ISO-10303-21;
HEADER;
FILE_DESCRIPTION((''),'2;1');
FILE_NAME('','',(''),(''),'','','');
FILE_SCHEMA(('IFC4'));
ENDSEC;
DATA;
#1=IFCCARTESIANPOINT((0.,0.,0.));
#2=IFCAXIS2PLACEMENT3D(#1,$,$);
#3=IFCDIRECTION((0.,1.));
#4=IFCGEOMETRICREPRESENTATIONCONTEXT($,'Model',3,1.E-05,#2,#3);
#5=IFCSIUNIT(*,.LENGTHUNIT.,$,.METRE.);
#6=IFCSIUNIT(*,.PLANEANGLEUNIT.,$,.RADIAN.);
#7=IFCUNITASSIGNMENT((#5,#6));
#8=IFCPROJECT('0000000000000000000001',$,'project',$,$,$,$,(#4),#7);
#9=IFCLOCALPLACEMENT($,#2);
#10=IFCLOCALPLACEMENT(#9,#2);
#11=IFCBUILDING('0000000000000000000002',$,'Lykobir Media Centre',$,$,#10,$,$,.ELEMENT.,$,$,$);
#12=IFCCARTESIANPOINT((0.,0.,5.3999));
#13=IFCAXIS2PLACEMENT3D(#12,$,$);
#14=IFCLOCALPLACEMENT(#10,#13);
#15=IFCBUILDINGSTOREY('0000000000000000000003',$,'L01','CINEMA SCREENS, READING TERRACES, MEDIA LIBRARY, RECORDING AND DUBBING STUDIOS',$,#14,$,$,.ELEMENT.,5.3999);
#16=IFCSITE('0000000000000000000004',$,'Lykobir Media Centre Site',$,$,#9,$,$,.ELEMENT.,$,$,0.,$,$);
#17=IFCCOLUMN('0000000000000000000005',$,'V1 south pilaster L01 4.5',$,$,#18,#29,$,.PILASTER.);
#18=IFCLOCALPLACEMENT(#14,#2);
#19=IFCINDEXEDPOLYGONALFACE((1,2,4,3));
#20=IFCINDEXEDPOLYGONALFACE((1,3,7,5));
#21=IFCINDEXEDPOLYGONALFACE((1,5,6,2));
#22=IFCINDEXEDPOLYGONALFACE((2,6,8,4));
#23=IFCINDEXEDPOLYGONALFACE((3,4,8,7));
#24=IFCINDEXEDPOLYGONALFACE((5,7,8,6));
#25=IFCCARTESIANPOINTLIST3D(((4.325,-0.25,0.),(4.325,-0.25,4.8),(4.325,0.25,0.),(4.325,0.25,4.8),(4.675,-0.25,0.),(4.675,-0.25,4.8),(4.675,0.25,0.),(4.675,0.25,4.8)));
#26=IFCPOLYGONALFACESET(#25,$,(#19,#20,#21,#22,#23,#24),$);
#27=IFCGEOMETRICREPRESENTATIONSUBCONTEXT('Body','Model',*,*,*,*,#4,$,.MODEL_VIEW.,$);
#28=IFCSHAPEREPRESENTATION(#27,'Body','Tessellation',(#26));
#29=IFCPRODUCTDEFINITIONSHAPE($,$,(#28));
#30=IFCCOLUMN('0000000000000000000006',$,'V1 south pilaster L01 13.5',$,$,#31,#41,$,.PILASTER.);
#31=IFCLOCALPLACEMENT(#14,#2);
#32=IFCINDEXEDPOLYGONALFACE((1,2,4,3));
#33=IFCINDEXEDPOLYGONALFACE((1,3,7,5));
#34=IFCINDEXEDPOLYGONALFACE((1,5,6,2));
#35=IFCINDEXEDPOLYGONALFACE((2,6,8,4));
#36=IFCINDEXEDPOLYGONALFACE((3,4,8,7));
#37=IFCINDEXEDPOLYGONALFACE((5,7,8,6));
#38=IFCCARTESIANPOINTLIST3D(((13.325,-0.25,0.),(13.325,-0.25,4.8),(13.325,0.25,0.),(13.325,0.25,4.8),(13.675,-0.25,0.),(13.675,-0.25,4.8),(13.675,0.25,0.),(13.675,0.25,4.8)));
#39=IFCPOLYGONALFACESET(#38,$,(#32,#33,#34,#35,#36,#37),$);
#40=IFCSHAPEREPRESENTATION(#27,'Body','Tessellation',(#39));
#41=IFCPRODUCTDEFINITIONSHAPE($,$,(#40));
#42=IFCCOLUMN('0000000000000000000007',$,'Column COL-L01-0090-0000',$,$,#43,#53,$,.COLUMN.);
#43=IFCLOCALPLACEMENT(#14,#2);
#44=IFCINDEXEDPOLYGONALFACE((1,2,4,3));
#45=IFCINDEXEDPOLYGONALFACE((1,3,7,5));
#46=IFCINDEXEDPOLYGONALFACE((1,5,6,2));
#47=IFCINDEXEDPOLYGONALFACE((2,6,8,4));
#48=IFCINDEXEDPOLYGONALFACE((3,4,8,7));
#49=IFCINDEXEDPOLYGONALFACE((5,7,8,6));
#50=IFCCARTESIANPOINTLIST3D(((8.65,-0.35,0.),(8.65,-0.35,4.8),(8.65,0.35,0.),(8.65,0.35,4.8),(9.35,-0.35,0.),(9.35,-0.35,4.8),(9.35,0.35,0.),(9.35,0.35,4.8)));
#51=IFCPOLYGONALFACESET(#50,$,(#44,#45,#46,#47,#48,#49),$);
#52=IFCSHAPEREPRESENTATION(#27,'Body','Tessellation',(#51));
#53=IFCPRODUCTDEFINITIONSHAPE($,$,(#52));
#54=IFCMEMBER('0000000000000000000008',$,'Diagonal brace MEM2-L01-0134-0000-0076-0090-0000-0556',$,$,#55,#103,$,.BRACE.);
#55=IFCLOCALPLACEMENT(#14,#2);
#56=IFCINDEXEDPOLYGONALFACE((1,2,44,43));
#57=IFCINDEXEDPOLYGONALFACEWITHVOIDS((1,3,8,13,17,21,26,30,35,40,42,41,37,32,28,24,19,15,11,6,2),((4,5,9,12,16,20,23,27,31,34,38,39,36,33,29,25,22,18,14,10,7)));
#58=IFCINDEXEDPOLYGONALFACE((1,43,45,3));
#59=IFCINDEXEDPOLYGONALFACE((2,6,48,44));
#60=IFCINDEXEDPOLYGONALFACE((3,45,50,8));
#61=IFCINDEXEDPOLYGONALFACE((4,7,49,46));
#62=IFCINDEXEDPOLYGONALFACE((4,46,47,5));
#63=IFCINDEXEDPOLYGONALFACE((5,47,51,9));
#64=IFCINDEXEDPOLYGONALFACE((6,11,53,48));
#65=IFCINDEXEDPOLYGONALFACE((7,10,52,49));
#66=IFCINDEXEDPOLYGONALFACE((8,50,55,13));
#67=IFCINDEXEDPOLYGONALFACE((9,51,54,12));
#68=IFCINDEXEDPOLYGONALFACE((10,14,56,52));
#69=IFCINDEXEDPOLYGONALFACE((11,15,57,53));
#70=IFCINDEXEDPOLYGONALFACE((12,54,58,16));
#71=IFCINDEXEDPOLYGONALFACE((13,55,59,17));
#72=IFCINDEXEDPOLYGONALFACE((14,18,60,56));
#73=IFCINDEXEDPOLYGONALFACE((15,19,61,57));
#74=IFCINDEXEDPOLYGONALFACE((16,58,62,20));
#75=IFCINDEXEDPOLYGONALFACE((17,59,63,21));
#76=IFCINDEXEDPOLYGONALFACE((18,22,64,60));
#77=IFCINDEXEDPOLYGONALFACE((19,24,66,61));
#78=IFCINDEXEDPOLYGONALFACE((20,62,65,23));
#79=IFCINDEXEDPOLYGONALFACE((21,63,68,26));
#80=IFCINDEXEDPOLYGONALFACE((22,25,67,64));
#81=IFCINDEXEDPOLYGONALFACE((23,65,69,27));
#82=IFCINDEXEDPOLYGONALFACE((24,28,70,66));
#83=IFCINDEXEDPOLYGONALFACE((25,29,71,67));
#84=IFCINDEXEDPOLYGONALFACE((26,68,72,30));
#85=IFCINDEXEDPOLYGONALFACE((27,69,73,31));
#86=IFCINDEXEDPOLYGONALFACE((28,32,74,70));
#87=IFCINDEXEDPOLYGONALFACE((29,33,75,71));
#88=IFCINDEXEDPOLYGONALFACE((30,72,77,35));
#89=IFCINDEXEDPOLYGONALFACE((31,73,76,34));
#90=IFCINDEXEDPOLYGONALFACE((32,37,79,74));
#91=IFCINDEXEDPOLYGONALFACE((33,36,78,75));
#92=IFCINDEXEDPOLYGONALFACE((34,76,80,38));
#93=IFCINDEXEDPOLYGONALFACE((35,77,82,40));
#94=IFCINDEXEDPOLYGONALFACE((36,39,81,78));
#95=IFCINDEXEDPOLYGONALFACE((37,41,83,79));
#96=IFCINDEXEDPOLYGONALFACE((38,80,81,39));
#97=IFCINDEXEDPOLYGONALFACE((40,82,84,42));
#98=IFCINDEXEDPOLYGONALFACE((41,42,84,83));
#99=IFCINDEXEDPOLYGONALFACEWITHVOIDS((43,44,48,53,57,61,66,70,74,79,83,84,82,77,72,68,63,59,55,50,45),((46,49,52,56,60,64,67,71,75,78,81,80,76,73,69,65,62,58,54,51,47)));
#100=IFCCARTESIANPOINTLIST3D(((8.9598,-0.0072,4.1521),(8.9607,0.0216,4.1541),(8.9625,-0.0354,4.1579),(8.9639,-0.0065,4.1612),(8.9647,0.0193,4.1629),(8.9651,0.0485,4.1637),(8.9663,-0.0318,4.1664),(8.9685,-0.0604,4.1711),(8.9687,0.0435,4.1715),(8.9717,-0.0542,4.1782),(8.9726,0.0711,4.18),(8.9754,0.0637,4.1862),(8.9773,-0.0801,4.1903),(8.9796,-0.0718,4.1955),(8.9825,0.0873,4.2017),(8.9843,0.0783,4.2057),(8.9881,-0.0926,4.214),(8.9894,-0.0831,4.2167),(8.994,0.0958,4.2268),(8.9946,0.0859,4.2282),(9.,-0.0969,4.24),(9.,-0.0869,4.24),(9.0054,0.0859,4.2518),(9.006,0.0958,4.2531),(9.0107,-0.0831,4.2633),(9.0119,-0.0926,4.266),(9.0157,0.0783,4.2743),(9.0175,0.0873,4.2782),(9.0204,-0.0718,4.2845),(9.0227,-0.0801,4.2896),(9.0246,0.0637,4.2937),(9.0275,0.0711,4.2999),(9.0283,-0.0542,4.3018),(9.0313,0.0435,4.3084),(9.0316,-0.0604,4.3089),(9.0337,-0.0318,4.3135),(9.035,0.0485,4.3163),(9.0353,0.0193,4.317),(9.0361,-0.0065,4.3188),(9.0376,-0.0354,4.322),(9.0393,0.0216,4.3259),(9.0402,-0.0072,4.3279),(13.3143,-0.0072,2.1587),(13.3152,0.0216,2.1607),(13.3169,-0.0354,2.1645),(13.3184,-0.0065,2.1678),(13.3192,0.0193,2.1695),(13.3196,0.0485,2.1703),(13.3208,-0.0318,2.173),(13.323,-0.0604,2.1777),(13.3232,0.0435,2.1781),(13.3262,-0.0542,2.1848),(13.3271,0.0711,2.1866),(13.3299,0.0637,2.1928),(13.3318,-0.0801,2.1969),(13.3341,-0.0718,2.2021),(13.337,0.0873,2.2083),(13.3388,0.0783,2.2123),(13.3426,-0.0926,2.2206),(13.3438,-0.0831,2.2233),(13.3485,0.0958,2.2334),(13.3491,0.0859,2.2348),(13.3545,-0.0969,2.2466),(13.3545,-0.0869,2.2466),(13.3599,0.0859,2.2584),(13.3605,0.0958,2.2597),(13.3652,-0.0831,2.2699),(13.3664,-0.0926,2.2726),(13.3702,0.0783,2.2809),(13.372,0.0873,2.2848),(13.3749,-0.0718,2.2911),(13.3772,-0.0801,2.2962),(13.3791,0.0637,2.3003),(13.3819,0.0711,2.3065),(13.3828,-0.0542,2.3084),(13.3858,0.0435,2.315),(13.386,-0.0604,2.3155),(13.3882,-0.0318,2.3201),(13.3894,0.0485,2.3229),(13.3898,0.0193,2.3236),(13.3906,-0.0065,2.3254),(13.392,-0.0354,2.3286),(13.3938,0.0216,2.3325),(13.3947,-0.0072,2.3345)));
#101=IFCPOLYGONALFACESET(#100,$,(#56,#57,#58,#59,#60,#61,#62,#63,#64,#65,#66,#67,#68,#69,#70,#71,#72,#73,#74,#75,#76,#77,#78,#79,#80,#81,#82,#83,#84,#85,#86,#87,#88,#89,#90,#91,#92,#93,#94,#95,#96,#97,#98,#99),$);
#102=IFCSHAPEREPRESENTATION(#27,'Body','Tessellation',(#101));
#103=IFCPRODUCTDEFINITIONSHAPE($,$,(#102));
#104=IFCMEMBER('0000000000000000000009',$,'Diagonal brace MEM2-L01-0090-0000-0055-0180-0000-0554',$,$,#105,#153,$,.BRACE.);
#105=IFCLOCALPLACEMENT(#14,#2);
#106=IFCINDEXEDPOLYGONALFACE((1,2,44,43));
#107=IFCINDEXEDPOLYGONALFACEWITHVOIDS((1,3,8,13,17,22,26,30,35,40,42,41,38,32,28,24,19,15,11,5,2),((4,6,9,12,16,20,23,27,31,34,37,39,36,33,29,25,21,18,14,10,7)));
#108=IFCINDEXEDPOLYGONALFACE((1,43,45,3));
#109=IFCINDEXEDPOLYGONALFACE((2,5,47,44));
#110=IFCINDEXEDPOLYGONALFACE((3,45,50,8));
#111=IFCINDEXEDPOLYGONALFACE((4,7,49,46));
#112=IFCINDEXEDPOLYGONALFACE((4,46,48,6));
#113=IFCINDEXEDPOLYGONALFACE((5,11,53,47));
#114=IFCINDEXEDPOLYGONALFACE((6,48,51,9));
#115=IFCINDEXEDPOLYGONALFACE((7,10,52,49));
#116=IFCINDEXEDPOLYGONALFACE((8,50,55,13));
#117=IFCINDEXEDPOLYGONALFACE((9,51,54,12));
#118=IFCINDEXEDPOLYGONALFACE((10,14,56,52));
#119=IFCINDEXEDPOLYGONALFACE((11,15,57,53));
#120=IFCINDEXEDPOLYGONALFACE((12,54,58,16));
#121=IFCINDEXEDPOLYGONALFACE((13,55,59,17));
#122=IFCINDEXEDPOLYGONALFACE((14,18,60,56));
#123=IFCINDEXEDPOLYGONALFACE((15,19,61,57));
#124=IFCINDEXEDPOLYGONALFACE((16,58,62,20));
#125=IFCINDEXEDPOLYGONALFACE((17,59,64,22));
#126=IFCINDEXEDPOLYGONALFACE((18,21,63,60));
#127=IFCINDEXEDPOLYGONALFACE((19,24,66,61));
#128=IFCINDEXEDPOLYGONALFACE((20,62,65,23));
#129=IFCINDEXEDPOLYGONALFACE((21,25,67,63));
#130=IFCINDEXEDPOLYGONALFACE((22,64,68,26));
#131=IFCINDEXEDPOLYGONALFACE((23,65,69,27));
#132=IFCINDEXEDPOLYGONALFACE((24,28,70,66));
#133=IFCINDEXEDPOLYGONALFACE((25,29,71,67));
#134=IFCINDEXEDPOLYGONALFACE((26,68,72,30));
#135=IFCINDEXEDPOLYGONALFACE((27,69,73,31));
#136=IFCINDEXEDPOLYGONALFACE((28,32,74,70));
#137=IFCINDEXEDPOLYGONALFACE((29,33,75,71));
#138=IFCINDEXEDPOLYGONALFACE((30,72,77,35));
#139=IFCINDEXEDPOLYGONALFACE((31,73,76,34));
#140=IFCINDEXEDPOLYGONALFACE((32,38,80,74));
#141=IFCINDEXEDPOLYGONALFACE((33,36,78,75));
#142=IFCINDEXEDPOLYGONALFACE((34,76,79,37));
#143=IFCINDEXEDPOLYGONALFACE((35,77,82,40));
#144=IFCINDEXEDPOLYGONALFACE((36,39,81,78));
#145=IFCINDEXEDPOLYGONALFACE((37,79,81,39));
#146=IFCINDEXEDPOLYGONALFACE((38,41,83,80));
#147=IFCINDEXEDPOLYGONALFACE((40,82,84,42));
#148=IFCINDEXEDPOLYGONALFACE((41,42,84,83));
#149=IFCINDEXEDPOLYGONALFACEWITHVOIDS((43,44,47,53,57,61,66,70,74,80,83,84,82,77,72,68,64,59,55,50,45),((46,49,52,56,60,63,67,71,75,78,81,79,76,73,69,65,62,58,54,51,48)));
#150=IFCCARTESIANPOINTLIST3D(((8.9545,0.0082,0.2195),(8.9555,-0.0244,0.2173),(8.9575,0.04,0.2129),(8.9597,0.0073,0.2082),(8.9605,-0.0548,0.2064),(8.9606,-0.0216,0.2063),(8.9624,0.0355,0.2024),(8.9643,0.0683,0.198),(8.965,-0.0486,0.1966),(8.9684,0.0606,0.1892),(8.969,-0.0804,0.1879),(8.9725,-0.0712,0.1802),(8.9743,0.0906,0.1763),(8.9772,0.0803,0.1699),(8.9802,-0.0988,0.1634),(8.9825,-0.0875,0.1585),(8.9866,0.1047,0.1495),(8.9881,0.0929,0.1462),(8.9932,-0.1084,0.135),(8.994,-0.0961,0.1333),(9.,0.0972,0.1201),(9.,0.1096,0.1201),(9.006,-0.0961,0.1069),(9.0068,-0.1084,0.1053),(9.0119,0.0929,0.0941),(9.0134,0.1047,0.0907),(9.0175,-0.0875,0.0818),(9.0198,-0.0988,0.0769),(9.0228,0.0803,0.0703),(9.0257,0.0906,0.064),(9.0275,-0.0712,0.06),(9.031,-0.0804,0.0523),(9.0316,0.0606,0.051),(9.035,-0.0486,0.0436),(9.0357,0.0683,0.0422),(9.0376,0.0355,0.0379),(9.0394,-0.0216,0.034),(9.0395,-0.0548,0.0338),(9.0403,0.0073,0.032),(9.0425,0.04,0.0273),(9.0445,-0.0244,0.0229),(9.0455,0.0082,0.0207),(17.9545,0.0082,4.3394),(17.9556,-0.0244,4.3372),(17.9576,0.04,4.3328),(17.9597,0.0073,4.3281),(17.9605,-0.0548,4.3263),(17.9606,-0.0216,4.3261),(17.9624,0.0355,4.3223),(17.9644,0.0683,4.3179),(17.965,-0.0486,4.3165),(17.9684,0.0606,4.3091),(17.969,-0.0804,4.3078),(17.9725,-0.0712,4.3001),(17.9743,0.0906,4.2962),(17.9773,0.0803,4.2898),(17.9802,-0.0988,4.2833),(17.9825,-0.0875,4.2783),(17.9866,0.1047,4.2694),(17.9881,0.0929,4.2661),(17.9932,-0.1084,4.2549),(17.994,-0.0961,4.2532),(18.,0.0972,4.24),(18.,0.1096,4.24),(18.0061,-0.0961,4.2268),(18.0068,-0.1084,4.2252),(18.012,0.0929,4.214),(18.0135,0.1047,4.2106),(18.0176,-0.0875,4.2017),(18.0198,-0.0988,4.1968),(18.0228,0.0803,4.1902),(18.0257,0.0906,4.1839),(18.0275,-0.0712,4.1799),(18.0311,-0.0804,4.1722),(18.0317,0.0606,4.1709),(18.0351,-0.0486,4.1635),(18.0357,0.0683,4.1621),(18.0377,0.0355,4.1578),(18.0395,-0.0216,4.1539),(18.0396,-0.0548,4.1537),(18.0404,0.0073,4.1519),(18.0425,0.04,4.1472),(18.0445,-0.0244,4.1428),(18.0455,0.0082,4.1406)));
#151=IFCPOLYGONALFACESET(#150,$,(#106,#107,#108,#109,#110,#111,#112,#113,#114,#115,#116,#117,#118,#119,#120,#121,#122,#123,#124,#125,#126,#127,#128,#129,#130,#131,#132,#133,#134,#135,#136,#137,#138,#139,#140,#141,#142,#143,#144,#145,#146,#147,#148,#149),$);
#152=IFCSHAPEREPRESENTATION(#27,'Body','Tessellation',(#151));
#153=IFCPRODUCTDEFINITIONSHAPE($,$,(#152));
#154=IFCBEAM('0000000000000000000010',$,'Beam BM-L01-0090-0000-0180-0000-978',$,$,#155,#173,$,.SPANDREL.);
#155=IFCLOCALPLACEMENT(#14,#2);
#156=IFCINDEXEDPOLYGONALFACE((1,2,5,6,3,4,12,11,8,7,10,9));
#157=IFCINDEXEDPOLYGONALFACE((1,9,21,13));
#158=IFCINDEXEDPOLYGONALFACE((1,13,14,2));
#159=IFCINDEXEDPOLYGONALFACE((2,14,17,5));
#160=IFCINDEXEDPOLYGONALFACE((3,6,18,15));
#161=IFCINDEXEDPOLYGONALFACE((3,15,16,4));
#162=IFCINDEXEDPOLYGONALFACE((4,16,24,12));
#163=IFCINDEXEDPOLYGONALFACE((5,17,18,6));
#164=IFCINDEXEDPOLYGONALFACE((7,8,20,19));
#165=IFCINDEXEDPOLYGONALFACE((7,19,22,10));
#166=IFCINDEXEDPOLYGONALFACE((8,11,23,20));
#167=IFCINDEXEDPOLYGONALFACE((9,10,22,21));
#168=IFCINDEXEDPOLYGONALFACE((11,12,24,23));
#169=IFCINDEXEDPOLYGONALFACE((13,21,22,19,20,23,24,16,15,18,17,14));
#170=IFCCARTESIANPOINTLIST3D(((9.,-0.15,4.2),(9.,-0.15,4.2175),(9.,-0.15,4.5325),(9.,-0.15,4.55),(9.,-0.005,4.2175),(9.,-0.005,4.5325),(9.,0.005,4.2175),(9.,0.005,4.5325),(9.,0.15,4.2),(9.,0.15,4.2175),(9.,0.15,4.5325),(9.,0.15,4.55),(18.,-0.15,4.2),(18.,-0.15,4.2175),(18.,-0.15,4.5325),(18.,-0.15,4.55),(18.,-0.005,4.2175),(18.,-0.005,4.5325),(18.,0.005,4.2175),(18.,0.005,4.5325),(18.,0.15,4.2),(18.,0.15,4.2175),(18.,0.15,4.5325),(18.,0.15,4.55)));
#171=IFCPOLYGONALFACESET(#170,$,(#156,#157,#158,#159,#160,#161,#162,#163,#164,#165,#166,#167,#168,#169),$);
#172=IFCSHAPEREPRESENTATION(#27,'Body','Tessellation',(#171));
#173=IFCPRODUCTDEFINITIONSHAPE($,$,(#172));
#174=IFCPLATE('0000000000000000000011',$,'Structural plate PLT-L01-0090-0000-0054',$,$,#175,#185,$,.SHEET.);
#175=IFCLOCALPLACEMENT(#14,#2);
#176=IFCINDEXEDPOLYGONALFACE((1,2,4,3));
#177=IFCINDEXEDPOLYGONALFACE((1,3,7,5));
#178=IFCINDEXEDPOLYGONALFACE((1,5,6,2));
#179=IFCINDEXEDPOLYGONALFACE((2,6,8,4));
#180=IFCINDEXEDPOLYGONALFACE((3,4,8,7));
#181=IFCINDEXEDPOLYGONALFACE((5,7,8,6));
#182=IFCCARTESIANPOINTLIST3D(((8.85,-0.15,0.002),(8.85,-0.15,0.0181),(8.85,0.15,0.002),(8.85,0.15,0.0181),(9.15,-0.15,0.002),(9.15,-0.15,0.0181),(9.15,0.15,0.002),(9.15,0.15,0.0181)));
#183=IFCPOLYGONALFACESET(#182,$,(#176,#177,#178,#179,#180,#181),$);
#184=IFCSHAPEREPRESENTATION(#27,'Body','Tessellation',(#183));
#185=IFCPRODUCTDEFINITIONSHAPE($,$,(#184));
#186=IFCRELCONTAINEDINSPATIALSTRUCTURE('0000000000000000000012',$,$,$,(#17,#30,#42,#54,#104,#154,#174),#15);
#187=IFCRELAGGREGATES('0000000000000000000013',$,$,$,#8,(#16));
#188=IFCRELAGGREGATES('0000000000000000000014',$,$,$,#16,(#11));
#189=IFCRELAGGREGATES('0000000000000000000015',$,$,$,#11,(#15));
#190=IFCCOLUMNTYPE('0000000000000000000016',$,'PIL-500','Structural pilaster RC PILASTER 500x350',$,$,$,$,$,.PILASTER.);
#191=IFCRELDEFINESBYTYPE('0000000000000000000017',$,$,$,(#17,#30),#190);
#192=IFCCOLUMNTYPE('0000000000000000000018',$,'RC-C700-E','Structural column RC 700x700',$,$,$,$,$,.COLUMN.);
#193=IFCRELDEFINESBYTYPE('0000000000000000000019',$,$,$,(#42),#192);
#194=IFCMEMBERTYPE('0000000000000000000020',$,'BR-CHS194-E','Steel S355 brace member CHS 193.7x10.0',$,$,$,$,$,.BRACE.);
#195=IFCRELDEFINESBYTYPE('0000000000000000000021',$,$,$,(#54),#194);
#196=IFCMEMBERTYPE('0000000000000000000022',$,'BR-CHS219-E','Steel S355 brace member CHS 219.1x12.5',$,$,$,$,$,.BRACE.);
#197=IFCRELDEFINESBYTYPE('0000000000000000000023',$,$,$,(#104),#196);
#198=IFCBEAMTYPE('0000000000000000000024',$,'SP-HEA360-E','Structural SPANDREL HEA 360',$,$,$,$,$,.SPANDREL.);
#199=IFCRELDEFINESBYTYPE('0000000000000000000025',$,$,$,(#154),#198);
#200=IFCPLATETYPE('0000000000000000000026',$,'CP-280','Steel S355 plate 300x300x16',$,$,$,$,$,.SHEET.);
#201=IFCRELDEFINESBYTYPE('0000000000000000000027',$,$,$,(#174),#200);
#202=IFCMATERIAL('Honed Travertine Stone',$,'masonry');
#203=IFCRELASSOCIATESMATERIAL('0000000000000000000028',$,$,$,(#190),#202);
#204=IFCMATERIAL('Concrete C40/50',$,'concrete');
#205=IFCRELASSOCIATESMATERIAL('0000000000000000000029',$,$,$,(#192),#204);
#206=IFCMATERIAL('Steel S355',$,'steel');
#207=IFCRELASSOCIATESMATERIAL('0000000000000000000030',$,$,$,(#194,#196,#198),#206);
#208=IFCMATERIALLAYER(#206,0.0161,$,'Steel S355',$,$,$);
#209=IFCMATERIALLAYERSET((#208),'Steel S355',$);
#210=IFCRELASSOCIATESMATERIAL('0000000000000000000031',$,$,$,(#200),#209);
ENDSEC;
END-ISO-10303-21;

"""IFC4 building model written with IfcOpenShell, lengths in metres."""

from ifc_helpers import new_model, si_unit, direction, frame, origin, origin_2d, place, context, subcontext, project, spatial, rectangle, hollow_circle, i_section, extrude, material, layer, layer_set, material_profile, profile_set, type_object, element, save


model = new_model("IFC4")

# Units and contexts
model_context = context("Model", 3, precision=1e-05, world=origin(), true_north=direction((0.0, 1.0)))
body_context = subcontext(model_context, "Body", "Model", "MODEL_VIEW")
ifc_project = project(units=[si_unit("LENGTHUNIT", "METRE"), si_unit("PLANEANGLEUNIT", "RADIAN")], contexts=[model_context])

# Site, building, storey
site_placement = place(None, origin())
site = spatial("IfcSite", under=ifc_project, at=site_placement, Name="Lykobir Media Centre Site", CompositionType="ELEMENT", RefElevation=0.0)
building_placement = place(site_placement, origin())
building = spatial("IfcBuilding", under=site, at=building_placement, Name="Lykobir Media Centre", CompositionType="ELEMENT")
storey_placement = place(building_placement, frame((0.0, 0.0, 5.3999)))
storey = spatial("IfcBuildingStorey", under=building, at=storey_placement, Name="L01", Description="CINEMA SCREENS, READING TERRACES, MEDIA LIBRARY, RECORDING AND DUBBING STUDIOS", CompositionType="ELEMENT", Elevation=5.3999)

# Columns
ifc_material_1 = material(Name="Honed Travertine Stone", Category="masonry")
ifc_material_profile_1 = material_profile(ifc_material_1, rectangle(XDim=0.3501, YDim=0.5, at=origin_2d()), Name="RC PILASTER 500x350")
ifc_profile_set_1 = profile_set([ifc_material_profile_1], Name="Honed Travertine Stone")
column_type_1 = type_object("IfcColumnType", Name="PIL-500", Description="Structural pilaster RC PILASTER 500x350", PredefinedType="PILASTER", material=ifc_profile_set_1)
for number, where, z_axis, x_axis, name in (
    (1, (4.5, 0.0, 0.0), (0.0, 0.0, 1.0), (1.0, 0.0, 0.0), "V1 south pilaster L01 4.5"),
    (2, (13.5, 0.0, 0.0), (0.0, 0.0, 1.0), (1.0, 0.0, 0.0), "V1 south pilaster L01 13.5"),
):
    element("IfcColumn", number, at=place(storey_placement, frame(where, z_axis=z_axis, x_axis=x_axis)), inside=storey, type_object=column_type_1, Name=name, PredefinedType="PILASTER", context=body_context, shape_type="SweptSolid", body=[
        extrude(rectangle(XDim=0.3501, YDim=0.5, at=origin_2d()), origin(), (0.0, 0.0, 1.0), 4.8),
    ])
ifc_material_2 = material(Name="Concrete C40/50", Category="concrete")
ifc_material_profile_2 = material_profile(ifc_material_2, rectangle(XDim=0.7, YDim=0.7, at=origin_2d()), Name="RC 700x700")
ifc_profile_set_2 = profile_set([ifc_material_profile_2], Name="Concrete C40/50")
column_type_2 = type_object("IfcColumnType", Name="RC-C700-E", Description="Structural column RC 700x700", PredefinedType="COLUMN", material=ifc_profile_set_2)
column_placement = place(storey_placement, frame((9.0, 0.0, 0.0), z_axis=(0.0, 0.0, 1.0), x_axis=(1.0, 0.0, 0.0)))
element("IfcColumn", 3, at=column_placement, inside=storey, type_object=column_type_2, Name="Column COL-L01-0090-0000", PredefinedType="COLUMN", context=body_context, shape_type="SweptSolid", body=[
    extrude(rectangle(XDim=0.7, YDim=0.7, at=origin_2d()), origin(), (0.0, 0.0, 1.0), 4.8),
])

# Members
ifc_material_3 = material(Name="Steel S355", Category="steel")
ifc_material_profile_3 = material_profile(ifc_material_3, hollow_circle(Radius=0.0969, WallThickness=0.01, at=origin_2d()), Name="CHS 193.7x10.0")
ifc_profile_set_3 = profile_set([ifc_material_profile_3], Name="Steel S355")
member_type_1 = type_object("IfcMemberType", Name="BR-CHS194-E", Description="Steel S355 brace member CHS 193.7x10.0", PredefinedType="BRACE", material=ifc_profile_set_3)
member_1_placement = place(storey_placement, frame((13.3545, 0.0, 2.2466), z_axis=(-0.909255, 0.0, 0.41624), x_axis=(0.0, -1.0, 0.0)))
element("IfcMember", 4, at=member_1_placement, inside=storey, type_object=member_type_1, Name="Diagonal brace MEM2-L01-0134-0000-0076-0090-0000-0556", PredefinedType="BRACE", context=body_context, shape_type="SweptSolid", body=[
    extrude(hollow_circle(Radius=0.0969, WallThickness=0.01, at=origin_2d()), origin(), (0.0, 0.0, 1.0), 4.7891),
])
ifc_material_profile_4 = material_profile(ifc_material_3, hollow_circle(Radius=0.1096, WallThickness=0.0125, at=origin_2d()), Name="CHS 219.1x12.5")
ifc_profile_set_4 = profile_set([ifc_material_profile_4], Name="Steel S355")
member_type_2 = type_object("IfcMemberType", Name="BR-CHS219-E", Description="Steel S355 brace member CHS 219.1x12.5", PredefinedType="BRACE", material=ifc_profile_set_4)
member_2_placement = place(storey_placement, frame((9.0, 0.0, 0.1201), z_axis=(0.909261, 0.0, 0.416227), x_axis=(0.0, 1.0, 0.0)))
element("IfcMember", 5, at=member_2_placement, inside=storey, type_object=member_type_2, Name="Diagonal brace MEM2-L01-0090-0000-0055-0180-0000-0554", PredefinedType="BRACE", context=body_context, shape_type="SweptSolid", body=[
    extrude(hollow_circle(Radius=0.1096, WallThickness=0.0125, at=origin_2d()), origin(), (0.0, 0.0, 1.0), 9.8982),
])

# Beam
ifc_material_profile_5 = material_profile(ifc_material_3, i_section(OverallWidth=0.3, OverallDepth=0.3501, WebThickness=0.01, FlangeThickness=0.0176, at=origin_2d()), Name="HEA 360")
ifc_profile_set_5 = profile_set([ifc_material_profile_5], Name="Steel S355")
beam_type = type_object("IfcBeamType", Name="SP-HEA360-E", Description="Structural SPANDREL HEA 360", PredefinedType="SPANDREL", material=ifc_profile_set_5)
beam_placement = place(storey_placement, frame((9.0, 0.0, 4.375), z_axis=(1.0, 0.0, 0.0), x_axis=(0.0, 1.0, 0.0)))
element("IfcBeam", 6, at=beam_placement, inside=storey, type_object=beam_type, Name="Beam BM-L01-0090-0000-0180-0000-978", PredefinedType="SPANDREL", context=body_context, shape_type="SweptSolid", body=[
    extrude(i_section(OverallWidth=0.3, OverallDepth=0.3501, WebThickness=0.01, FlangeThickness=0.0176, at=origin_2d()), origin(), (0.0, 0.0, 1.0), 9.0),
])

# Plate
ifc_layer_1 = layer(ifc_material_3, 0.0161, Name="Steel S355")
ifc_layer_set_1 = layer_set([ifc_layer_1], Name="Steel S355")
plate_type_1 = type_object("IfcPlateType", Name="CP-280", Description="Steel S355 plate 300x300x16", PredefinedType="SHEET", material=ifc_layer_set_1)
plate_1_placement = place(storey_placement, frame((9.0, 0.0, 0.002), z_axis=(0.0, 0.0, 1.0), x_axis=(1.0, 0.0, 0.0)))
element("IfcPlate", 7, at=plate_1_placement, inside=storey, type_object=plate_type_1, Name="Structural plate PLT-L01-0090-0000-0054", PredefinedType="SHEET", context=body_context, shape_type="SweptSolid", body=[
    extrude(rectangle(XDim=0.3, YDim=0.3, at=origin_2d()), origin(), (0.0, 0.0, 1.0), 0.0161),
])

save(model, "model.ifc")
